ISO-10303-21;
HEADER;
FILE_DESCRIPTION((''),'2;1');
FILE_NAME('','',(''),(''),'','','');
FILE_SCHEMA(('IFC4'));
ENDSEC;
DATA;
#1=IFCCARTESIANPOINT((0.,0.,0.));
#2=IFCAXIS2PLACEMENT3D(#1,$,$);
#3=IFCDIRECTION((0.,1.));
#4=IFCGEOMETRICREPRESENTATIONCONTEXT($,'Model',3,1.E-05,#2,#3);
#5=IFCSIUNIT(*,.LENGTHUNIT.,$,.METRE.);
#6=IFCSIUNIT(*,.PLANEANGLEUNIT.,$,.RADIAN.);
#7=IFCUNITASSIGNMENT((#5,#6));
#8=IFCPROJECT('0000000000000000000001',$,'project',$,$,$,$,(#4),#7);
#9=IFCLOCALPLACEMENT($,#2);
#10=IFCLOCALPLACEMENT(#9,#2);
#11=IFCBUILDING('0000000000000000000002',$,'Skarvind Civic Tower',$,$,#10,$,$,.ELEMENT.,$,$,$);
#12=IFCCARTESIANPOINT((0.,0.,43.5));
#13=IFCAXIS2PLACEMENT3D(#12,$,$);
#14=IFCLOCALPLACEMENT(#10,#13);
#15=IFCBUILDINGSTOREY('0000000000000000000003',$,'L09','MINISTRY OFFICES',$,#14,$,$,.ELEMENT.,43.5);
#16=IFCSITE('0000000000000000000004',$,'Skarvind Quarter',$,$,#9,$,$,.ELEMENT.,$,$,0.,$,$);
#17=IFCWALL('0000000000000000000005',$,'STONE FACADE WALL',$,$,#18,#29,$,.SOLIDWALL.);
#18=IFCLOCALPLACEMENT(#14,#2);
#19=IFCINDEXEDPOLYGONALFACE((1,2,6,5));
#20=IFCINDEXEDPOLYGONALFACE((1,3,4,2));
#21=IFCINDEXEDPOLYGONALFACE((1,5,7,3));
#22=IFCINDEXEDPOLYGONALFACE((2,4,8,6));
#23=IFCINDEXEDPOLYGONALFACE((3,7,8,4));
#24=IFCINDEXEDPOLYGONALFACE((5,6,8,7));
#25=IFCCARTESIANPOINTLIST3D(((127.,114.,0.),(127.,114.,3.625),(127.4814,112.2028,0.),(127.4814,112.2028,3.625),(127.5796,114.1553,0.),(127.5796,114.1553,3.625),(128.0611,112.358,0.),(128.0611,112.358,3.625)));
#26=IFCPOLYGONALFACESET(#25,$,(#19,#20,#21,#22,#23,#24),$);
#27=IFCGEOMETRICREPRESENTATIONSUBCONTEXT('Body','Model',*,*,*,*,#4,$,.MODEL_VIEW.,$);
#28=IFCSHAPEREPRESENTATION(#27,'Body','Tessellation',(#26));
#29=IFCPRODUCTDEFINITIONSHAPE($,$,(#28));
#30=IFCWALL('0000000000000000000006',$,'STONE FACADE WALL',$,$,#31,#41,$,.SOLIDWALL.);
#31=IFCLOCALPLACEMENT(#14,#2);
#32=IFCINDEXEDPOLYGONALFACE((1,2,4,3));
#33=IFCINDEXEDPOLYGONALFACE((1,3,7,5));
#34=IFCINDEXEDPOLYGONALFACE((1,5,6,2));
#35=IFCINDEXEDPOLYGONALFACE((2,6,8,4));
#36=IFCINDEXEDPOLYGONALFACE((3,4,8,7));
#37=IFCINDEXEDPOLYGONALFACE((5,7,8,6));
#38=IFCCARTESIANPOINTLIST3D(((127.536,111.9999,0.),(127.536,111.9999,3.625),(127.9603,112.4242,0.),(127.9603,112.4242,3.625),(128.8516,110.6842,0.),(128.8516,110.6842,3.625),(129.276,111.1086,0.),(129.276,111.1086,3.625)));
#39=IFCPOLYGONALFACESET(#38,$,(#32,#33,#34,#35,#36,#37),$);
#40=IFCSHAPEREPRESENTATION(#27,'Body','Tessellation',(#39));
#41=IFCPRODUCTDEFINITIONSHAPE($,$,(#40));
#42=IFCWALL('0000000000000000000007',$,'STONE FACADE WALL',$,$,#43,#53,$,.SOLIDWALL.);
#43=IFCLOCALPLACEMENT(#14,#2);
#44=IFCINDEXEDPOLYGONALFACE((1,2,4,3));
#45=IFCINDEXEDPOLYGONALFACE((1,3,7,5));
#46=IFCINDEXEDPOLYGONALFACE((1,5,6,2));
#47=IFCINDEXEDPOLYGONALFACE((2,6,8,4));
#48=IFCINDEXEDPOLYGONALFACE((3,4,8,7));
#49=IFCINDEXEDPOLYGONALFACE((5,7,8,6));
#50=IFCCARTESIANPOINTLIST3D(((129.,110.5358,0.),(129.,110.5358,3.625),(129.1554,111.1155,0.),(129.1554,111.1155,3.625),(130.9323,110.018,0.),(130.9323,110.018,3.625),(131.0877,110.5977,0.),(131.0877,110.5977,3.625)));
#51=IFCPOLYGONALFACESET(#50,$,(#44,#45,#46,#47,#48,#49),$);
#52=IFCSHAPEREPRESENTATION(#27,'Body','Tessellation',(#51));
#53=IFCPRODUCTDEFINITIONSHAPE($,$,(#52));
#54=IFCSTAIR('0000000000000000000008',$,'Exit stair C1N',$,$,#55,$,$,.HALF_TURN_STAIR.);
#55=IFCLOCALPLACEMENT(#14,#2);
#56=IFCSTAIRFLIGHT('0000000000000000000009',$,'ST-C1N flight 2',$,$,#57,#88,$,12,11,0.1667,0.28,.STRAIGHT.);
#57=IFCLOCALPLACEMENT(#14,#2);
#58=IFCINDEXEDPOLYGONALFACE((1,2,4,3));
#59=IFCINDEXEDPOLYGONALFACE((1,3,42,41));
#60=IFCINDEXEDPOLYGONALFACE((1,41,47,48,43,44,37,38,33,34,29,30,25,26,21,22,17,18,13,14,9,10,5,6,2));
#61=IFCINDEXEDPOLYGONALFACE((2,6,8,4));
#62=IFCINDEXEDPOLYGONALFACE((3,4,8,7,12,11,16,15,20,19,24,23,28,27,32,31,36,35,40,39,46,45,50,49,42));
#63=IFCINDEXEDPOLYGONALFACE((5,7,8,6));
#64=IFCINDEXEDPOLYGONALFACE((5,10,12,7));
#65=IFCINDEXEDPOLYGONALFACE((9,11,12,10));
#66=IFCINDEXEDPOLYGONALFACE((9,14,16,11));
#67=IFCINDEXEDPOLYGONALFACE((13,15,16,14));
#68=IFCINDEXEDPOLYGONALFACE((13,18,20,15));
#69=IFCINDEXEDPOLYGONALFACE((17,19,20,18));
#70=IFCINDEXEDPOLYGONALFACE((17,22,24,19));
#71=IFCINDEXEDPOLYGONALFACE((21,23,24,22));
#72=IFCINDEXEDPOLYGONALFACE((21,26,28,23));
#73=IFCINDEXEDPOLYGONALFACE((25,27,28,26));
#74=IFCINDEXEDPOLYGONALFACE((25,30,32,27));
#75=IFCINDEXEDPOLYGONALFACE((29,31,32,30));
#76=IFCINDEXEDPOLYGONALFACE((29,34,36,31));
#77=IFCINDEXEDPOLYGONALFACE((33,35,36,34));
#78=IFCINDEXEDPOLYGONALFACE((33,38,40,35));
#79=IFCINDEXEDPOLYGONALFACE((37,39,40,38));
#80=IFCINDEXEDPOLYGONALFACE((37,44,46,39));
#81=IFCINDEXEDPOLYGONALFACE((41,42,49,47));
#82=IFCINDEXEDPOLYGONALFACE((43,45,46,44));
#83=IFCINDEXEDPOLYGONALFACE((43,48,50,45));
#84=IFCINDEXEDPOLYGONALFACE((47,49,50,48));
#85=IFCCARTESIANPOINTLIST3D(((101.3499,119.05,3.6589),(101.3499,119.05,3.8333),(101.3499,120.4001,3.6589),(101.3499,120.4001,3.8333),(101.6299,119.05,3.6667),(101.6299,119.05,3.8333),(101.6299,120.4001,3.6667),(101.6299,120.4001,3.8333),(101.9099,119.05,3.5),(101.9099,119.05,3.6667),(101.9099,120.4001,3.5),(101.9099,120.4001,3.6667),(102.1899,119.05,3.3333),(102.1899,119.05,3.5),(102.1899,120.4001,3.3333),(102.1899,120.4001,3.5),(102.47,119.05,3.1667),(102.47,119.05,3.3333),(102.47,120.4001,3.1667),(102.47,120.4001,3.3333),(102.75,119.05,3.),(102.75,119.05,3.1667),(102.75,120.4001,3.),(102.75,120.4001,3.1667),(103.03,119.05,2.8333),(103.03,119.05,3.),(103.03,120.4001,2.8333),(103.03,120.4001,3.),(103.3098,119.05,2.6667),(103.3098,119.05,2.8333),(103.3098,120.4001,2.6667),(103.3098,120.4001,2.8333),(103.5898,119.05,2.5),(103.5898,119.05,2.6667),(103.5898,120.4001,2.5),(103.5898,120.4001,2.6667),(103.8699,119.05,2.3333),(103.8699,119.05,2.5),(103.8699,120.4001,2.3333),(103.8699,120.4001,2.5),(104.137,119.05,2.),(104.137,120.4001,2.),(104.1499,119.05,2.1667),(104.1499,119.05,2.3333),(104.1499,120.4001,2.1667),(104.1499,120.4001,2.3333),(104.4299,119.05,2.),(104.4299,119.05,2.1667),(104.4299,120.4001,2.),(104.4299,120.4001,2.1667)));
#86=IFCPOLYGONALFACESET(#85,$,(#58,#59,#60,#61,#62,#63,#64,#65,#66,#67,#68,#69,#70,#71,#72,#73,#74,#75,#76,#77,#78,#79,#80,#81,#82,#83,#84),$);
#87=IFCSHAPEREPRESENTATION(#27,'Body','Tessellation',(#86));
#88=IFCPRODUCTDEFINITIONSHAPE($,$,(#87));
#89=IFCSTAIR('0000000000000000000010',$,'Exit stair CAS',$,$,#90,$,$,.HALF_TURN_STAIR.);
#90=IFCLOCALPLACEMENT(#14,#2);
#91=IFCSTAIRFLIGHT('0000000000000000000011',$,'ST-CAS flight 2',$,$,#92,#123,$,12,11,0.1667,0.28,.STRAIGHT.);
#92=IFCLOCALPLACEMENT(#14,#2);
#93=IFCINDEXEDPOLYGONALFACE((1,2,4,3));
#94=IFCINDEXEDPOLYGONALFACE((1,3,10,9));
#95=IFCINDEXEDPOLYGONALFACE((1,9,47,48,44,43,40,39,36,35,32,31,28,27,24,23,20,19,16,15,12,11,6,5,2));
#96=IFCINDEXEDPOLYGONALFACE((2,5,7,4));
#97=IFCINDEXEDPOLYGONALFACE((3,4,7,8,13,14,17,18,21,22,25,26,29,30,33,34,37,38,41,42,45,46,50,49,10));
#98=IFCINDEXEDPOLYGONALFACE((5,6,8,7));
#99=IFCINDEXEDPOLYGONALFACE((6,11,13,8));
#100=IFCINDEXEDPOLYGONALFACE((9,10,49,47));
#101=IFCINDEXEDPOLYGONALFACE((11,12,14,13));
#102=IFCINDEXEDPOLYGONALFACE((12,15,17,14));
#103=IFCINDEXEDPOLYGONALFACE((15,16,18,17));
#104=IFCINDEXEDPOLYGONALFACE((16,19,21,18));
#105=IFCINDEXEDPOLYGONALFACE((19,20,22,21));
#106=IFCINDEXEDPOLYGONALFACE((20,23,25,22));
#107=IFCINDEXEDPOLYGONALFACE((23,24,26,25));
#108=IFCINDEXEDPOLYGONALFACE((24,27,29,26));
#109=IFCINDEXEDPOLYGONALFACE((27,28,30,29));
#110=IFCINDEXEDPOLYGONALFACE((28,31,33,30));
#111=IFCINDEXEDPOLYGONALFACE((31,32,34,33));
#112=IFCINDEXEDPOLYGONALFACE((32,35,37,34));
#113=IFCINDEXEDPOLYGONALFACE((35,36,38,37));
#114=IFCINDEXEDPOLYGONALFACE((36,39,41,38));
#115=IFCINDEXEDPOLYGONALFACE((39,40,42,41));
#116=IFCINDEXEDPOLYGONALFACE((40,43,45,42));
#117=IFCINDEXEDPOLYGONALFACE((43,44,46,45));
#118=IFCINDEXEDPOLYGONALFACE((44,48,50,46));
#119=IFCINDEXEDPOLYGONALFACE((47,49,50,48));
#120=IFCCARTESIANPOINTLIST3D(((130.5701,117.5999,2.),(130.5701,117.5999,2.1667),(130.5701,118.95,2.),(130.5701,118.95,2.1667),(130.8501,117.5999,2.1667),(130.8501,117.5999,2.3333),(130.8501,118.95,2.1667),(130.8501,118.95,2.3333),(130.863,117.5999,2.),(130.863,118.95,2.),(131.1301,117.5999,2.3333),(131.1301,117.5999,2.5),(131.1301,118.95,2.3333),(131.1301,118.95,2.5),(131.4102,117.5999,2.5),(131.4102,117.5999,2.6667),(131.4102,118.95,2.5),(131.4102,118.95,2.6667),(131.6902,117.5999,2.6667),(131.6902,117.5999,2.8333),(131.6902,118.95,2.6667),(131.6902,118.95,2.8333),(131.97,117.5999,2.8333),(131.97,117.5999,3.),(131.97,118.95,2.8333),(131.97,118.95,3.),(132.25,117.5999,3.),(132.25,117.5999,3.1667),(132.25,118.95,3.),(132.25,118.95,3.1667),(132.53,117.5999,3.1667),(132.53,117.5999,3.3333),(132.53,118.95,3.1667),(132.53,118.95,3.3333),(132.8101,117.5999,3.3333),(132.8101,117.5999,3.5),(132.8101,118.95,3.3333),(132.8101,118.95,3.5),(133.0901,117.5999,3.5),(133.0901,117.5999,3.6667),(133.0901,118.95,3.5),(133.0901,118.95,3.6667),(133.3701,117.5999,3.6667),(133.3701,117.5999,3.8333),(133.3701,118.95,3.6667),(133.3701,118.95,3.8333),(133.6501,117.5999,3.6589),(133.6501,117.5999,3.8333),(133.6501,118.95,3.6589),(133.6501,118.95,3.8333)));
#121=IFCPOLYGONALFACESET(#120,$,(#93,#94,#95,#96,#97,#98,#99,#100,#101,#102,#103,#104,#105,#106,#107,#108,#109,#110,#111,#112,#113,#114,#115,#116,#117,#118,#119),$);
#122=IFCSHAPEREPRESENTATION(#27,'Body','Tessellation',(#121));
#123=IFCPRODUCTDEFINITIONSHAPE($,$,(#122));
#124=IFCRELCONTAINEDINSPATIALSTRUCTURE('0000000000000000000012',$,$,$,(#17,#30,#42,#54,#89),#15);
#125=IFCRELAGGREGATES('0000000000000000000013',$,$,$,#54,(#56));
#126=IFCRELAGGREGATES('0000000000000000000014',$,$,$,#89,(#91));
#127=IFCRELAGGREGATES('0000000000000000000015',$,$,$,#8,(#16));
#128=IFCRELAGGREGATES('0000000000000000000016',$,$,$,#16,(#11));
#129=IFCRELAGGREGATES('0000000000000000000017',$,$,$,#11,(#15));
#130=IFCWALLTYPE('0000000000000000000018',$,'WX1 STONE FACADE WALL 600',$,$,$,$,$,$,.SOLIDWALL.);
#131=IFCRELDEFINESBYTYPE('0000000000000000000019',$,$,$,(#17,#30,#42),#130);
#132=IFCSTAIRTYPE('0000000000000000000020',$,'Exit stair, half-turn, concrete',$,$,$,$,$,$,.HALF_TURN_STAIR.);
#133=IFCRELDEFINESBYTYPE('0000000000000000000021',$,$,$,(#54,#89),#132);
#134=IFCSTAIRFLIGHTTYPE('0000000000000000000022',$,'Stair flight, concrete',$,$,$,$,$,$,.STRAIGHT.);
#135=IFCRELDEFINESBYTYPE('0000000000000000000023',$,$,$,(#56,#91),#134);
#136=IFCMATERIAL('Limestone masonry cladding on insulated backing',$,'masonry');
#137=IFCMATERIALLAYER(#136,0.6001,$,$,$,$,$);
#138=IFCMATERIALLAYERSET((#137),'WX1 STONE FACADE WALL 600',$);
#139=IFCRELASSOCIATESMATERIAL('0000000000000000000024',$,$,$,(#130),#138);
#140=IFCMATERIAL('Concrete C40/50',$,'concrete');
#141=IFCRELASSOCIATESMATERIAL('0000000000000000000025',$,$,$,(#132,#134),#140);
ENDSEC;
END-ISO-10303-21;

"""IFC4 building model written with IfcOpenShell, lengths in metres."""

from ifc_helpers import new_model, si_unit, direction, frame, frame_2d, origin, place, context, subcontext, project, spatial, polyline, rectangle, outline, extrude, material, layer, layer_set, type_object, element, aggregate, save


model = new_model("IFC4")

# Units and contexts
model_context = context("Model", 3, precision=1e-05, world=origin(), true_north=direction((0.0, 1.0)))
body_context = subcontext(model_context, "Body", "Model", "MODEL_VIEW")
ifc_project = project(units=[si_unit("LENGTHUNIT", "METRE"), si_unit("PLANEANGLEUNIT", "RADIAN")], contexts=[model_context])

# Site, building, storey
site_placement = place(None, origin())
site = spatial("IfcSite", under=ifc_project, at=site_placement, Name="Skarvind Quarter", CompositionType="ELEMENT", RefElevation=0.0)
building_placement = place(site_placement, origin())
building = spatial("IfcBuilding", under=site, at=building_placement, Name="Skarvind Civic Tower", CompositionType="ELEMENT")
storey_placement = place(building_placement, frame((0.0, 0.0, 43.5)))
storey = spatial("IfcBuildingStorey", under=building, at=storey_placement, Name="L09", Description="MINISTRY OFFICES", CompositionType="ELEMENT", Elevation=43.5)

# Walls
ifc_material_1 = material(Name="Limestone masonry cladding on insulated backing", Category="masonry")
ifc_layer_1 = layer(ifc_material_1, 0.6001)
ifc_layer_set_1 = layer_set([ifc_layer_1], Name="WX1 STONE FACADE WALL 600")
wall_type_1 = type_object("IfcWallType", Name="WX1 STONE FACADE WALL 600", PredefinedType="SOLIDWALL", material=ifc_layer_set_1)
for number, where, z_axis, x_axis, name in (
    (1, (127.7712, 112.2805, 0.0), (0.0, 0.0, 1.0), (-0.258773, 0.965938, 0.0), "STONE FACADE WALL"),
    (2, (129.0637, 110.8965, 0.0), (0.0, 0.0, 1.0), (-0.707107, 0.707107, 0.0), "STONE FACADE WALL"),
):
    element("IfcWall", number, at=place(storey_placement, frame(where, z_axis=z_axis, x_axis=x_axis)), inside=storey, type_object=wall_type_1, Name=name, PredefinedType="SOLIDWALL", context=body_context, shape_type="SweptSolid", body=[
        extrude(rectangle(XDim=1.8606, YDim=0.6001, at=frame_2d((0.9302, 0.0))), origin(), (0.0, 0.0, 1.0), 3.625),
    ])
wall_1_placement = place(storey_placement, frame((131.01, 110.3079, 0.0), z_axis=(0.0, 0.0, 1.0), x_axis=(-0.96592, 0.25884, 0.0)))
element("IfcWall", 3, at=wall_1_placement, inside=storey, type_object=wall_type_1, Name="STONE FACADE WALL", PredefinedType="SOLIDWALL", context=body_context, shape_type="SweptSolid", body=[
    extrude(rectangle(XDim=2.0005, YDim=0.6001, at=frame_2d((1.0002, 0.0))), origin(), (0.0, 0.0, 1.0), 3.625),
])

# Stairs, stair flights
ifc_material_2 = material(Name="Concrete C40/50", Category="concrete")
stair_type = type_object("IfcStairType", Name="Exit stair, half-turn, concrete", PredefinedType="HALF_TURN_STAIR", material=ifc_material_2)
stair_1_placement = place(storey_placement, origin())
stair_1 = element("IfcStair", 4, at=stair_1_placement, inside=storey, type_object=stair_type, Name="Exit stair C1N", PredefinedType="HALF_TURN_STAIR")
stair_flight_type = type_object("IfcStairFlightType", Name="Stair flight, concrete", PredefinedType="STRAIGHT", material=ifc_material_2)
stair_flight_1_placement = place(storey_placement, frame((104.4299, 119.7251, 2.0), z_axis=(0.0, 0.0, 1.0), x_axis=(-1.0, 0.0, 0.0)))
stair_flight_1 = element("IfcStairFlight", 5, at=stair_flight_1_placement, type_object=stair_flight_type, Name="ST-C1N flight 2", NumberOfRisers=12, NumberOfTreads=11, PredefinedType="STRAIGHT", RiserHeight=0.1667, TreadLength=0.28, context=body_context, shape_type="SweptSolid", body=[
    extrude(outline(polyline([(0.0, 0.0), (0.0, 0.1667), (0.28, 0.1667), (0.28, 0.3333), (0.5601, 0.3333), (0.5601, 0.5), (0.8401, 0.5), (0.8401, 0.6667), (1.1201, 0.6667), (1.1201, 0.8333), (1.3999, 0.8333), (1.3999, 1.0), (1.6799, 1.0), (1.6799, 1.1667), (1.96, 1.1667), (1.96, 1.3333), (2.24, 1.3333), (2.24, 1.5), (2.52, 1.5), (2.52, 1.6667), (2.8, 1.6667), (2.8, 1.8333), (3.0801, 1.8333), (3.0801, 2.0), (3.0801, 1.6589), (0.293, 0.0), (0.0, 0.0)])), frame((0.0, 0.675, 0.0), z_axis=(0.0, -1.0, 0.0), x_axis=(1.0, 0.0, 0.0)), (0.0, 0.0, 1.0), 1.3501),
])
aggregate(stair_1, [stair_flight_1])
stair_2_placement = place(storey_placement, origin())
stair_2 = element("IfcStair", 6, at=stair_2_placement, inside=storey, type_object=stair_type, Name="Exit stair CAS", PredefinedType="HALF_TURN_STAIR")
stair_flight_2_placement = place(storey_placement, frame((130.5701, 118.2749, 2.0), z_axis=(0.0, 0.0, 1.0), x_axis=(1.0, 0.0, 0.0)))
stair_flight_2 = element("IfcStairFlight", 7, at=stair_flight_2_placement, type_object=stair_flight_type, Name="ST-CAS flight 2", NumberOfRisers=12, NumberOfTreads=11, PredefinedType="STRAIGHT", RiserHeight=0.1667, TreadLength=0.28, context=body_context, shape_type="SweptSolid", body=[
    extrude(outline(polyline([(0.0, 0.0), (0.0, 0.1667), (0.28, 0.1667), (0.28, 0.3333), (0.5601, 0.3333), (0.5601, 0.5), (0.8401, 0.5), (0.8401, 0.6667), (1.1201, 0.6667), (1.1201, 0.8333), (1.3999, 0.8333), (1.3999, 1.0), (1.6799, 1.0), (1.6799, 1.1667), (1.96, 1.1667), (1.96, 1.3333), (2.24, 1.3333), (2.24, 1.5), (2.52, 1.5), (2.52, 1.6667), (2.8, 1.6667), (2.8, 1.8333), (3.0801, 1.8333), (3.0801, 2.0), (3.0801, 1.6589), (0.293, 0.0), (0.0, 0.0)])), frame((0.0, 0.675, 0.0), z_axis=(0.0, -1.0, 0.0), x_axis=(1.0, 0.0, 0.0)), (0.0, 0.0, 1.0), 1.3501),
])
aggregate(stair_2, [stair_flight_2])

save(model, "model.ifc")
